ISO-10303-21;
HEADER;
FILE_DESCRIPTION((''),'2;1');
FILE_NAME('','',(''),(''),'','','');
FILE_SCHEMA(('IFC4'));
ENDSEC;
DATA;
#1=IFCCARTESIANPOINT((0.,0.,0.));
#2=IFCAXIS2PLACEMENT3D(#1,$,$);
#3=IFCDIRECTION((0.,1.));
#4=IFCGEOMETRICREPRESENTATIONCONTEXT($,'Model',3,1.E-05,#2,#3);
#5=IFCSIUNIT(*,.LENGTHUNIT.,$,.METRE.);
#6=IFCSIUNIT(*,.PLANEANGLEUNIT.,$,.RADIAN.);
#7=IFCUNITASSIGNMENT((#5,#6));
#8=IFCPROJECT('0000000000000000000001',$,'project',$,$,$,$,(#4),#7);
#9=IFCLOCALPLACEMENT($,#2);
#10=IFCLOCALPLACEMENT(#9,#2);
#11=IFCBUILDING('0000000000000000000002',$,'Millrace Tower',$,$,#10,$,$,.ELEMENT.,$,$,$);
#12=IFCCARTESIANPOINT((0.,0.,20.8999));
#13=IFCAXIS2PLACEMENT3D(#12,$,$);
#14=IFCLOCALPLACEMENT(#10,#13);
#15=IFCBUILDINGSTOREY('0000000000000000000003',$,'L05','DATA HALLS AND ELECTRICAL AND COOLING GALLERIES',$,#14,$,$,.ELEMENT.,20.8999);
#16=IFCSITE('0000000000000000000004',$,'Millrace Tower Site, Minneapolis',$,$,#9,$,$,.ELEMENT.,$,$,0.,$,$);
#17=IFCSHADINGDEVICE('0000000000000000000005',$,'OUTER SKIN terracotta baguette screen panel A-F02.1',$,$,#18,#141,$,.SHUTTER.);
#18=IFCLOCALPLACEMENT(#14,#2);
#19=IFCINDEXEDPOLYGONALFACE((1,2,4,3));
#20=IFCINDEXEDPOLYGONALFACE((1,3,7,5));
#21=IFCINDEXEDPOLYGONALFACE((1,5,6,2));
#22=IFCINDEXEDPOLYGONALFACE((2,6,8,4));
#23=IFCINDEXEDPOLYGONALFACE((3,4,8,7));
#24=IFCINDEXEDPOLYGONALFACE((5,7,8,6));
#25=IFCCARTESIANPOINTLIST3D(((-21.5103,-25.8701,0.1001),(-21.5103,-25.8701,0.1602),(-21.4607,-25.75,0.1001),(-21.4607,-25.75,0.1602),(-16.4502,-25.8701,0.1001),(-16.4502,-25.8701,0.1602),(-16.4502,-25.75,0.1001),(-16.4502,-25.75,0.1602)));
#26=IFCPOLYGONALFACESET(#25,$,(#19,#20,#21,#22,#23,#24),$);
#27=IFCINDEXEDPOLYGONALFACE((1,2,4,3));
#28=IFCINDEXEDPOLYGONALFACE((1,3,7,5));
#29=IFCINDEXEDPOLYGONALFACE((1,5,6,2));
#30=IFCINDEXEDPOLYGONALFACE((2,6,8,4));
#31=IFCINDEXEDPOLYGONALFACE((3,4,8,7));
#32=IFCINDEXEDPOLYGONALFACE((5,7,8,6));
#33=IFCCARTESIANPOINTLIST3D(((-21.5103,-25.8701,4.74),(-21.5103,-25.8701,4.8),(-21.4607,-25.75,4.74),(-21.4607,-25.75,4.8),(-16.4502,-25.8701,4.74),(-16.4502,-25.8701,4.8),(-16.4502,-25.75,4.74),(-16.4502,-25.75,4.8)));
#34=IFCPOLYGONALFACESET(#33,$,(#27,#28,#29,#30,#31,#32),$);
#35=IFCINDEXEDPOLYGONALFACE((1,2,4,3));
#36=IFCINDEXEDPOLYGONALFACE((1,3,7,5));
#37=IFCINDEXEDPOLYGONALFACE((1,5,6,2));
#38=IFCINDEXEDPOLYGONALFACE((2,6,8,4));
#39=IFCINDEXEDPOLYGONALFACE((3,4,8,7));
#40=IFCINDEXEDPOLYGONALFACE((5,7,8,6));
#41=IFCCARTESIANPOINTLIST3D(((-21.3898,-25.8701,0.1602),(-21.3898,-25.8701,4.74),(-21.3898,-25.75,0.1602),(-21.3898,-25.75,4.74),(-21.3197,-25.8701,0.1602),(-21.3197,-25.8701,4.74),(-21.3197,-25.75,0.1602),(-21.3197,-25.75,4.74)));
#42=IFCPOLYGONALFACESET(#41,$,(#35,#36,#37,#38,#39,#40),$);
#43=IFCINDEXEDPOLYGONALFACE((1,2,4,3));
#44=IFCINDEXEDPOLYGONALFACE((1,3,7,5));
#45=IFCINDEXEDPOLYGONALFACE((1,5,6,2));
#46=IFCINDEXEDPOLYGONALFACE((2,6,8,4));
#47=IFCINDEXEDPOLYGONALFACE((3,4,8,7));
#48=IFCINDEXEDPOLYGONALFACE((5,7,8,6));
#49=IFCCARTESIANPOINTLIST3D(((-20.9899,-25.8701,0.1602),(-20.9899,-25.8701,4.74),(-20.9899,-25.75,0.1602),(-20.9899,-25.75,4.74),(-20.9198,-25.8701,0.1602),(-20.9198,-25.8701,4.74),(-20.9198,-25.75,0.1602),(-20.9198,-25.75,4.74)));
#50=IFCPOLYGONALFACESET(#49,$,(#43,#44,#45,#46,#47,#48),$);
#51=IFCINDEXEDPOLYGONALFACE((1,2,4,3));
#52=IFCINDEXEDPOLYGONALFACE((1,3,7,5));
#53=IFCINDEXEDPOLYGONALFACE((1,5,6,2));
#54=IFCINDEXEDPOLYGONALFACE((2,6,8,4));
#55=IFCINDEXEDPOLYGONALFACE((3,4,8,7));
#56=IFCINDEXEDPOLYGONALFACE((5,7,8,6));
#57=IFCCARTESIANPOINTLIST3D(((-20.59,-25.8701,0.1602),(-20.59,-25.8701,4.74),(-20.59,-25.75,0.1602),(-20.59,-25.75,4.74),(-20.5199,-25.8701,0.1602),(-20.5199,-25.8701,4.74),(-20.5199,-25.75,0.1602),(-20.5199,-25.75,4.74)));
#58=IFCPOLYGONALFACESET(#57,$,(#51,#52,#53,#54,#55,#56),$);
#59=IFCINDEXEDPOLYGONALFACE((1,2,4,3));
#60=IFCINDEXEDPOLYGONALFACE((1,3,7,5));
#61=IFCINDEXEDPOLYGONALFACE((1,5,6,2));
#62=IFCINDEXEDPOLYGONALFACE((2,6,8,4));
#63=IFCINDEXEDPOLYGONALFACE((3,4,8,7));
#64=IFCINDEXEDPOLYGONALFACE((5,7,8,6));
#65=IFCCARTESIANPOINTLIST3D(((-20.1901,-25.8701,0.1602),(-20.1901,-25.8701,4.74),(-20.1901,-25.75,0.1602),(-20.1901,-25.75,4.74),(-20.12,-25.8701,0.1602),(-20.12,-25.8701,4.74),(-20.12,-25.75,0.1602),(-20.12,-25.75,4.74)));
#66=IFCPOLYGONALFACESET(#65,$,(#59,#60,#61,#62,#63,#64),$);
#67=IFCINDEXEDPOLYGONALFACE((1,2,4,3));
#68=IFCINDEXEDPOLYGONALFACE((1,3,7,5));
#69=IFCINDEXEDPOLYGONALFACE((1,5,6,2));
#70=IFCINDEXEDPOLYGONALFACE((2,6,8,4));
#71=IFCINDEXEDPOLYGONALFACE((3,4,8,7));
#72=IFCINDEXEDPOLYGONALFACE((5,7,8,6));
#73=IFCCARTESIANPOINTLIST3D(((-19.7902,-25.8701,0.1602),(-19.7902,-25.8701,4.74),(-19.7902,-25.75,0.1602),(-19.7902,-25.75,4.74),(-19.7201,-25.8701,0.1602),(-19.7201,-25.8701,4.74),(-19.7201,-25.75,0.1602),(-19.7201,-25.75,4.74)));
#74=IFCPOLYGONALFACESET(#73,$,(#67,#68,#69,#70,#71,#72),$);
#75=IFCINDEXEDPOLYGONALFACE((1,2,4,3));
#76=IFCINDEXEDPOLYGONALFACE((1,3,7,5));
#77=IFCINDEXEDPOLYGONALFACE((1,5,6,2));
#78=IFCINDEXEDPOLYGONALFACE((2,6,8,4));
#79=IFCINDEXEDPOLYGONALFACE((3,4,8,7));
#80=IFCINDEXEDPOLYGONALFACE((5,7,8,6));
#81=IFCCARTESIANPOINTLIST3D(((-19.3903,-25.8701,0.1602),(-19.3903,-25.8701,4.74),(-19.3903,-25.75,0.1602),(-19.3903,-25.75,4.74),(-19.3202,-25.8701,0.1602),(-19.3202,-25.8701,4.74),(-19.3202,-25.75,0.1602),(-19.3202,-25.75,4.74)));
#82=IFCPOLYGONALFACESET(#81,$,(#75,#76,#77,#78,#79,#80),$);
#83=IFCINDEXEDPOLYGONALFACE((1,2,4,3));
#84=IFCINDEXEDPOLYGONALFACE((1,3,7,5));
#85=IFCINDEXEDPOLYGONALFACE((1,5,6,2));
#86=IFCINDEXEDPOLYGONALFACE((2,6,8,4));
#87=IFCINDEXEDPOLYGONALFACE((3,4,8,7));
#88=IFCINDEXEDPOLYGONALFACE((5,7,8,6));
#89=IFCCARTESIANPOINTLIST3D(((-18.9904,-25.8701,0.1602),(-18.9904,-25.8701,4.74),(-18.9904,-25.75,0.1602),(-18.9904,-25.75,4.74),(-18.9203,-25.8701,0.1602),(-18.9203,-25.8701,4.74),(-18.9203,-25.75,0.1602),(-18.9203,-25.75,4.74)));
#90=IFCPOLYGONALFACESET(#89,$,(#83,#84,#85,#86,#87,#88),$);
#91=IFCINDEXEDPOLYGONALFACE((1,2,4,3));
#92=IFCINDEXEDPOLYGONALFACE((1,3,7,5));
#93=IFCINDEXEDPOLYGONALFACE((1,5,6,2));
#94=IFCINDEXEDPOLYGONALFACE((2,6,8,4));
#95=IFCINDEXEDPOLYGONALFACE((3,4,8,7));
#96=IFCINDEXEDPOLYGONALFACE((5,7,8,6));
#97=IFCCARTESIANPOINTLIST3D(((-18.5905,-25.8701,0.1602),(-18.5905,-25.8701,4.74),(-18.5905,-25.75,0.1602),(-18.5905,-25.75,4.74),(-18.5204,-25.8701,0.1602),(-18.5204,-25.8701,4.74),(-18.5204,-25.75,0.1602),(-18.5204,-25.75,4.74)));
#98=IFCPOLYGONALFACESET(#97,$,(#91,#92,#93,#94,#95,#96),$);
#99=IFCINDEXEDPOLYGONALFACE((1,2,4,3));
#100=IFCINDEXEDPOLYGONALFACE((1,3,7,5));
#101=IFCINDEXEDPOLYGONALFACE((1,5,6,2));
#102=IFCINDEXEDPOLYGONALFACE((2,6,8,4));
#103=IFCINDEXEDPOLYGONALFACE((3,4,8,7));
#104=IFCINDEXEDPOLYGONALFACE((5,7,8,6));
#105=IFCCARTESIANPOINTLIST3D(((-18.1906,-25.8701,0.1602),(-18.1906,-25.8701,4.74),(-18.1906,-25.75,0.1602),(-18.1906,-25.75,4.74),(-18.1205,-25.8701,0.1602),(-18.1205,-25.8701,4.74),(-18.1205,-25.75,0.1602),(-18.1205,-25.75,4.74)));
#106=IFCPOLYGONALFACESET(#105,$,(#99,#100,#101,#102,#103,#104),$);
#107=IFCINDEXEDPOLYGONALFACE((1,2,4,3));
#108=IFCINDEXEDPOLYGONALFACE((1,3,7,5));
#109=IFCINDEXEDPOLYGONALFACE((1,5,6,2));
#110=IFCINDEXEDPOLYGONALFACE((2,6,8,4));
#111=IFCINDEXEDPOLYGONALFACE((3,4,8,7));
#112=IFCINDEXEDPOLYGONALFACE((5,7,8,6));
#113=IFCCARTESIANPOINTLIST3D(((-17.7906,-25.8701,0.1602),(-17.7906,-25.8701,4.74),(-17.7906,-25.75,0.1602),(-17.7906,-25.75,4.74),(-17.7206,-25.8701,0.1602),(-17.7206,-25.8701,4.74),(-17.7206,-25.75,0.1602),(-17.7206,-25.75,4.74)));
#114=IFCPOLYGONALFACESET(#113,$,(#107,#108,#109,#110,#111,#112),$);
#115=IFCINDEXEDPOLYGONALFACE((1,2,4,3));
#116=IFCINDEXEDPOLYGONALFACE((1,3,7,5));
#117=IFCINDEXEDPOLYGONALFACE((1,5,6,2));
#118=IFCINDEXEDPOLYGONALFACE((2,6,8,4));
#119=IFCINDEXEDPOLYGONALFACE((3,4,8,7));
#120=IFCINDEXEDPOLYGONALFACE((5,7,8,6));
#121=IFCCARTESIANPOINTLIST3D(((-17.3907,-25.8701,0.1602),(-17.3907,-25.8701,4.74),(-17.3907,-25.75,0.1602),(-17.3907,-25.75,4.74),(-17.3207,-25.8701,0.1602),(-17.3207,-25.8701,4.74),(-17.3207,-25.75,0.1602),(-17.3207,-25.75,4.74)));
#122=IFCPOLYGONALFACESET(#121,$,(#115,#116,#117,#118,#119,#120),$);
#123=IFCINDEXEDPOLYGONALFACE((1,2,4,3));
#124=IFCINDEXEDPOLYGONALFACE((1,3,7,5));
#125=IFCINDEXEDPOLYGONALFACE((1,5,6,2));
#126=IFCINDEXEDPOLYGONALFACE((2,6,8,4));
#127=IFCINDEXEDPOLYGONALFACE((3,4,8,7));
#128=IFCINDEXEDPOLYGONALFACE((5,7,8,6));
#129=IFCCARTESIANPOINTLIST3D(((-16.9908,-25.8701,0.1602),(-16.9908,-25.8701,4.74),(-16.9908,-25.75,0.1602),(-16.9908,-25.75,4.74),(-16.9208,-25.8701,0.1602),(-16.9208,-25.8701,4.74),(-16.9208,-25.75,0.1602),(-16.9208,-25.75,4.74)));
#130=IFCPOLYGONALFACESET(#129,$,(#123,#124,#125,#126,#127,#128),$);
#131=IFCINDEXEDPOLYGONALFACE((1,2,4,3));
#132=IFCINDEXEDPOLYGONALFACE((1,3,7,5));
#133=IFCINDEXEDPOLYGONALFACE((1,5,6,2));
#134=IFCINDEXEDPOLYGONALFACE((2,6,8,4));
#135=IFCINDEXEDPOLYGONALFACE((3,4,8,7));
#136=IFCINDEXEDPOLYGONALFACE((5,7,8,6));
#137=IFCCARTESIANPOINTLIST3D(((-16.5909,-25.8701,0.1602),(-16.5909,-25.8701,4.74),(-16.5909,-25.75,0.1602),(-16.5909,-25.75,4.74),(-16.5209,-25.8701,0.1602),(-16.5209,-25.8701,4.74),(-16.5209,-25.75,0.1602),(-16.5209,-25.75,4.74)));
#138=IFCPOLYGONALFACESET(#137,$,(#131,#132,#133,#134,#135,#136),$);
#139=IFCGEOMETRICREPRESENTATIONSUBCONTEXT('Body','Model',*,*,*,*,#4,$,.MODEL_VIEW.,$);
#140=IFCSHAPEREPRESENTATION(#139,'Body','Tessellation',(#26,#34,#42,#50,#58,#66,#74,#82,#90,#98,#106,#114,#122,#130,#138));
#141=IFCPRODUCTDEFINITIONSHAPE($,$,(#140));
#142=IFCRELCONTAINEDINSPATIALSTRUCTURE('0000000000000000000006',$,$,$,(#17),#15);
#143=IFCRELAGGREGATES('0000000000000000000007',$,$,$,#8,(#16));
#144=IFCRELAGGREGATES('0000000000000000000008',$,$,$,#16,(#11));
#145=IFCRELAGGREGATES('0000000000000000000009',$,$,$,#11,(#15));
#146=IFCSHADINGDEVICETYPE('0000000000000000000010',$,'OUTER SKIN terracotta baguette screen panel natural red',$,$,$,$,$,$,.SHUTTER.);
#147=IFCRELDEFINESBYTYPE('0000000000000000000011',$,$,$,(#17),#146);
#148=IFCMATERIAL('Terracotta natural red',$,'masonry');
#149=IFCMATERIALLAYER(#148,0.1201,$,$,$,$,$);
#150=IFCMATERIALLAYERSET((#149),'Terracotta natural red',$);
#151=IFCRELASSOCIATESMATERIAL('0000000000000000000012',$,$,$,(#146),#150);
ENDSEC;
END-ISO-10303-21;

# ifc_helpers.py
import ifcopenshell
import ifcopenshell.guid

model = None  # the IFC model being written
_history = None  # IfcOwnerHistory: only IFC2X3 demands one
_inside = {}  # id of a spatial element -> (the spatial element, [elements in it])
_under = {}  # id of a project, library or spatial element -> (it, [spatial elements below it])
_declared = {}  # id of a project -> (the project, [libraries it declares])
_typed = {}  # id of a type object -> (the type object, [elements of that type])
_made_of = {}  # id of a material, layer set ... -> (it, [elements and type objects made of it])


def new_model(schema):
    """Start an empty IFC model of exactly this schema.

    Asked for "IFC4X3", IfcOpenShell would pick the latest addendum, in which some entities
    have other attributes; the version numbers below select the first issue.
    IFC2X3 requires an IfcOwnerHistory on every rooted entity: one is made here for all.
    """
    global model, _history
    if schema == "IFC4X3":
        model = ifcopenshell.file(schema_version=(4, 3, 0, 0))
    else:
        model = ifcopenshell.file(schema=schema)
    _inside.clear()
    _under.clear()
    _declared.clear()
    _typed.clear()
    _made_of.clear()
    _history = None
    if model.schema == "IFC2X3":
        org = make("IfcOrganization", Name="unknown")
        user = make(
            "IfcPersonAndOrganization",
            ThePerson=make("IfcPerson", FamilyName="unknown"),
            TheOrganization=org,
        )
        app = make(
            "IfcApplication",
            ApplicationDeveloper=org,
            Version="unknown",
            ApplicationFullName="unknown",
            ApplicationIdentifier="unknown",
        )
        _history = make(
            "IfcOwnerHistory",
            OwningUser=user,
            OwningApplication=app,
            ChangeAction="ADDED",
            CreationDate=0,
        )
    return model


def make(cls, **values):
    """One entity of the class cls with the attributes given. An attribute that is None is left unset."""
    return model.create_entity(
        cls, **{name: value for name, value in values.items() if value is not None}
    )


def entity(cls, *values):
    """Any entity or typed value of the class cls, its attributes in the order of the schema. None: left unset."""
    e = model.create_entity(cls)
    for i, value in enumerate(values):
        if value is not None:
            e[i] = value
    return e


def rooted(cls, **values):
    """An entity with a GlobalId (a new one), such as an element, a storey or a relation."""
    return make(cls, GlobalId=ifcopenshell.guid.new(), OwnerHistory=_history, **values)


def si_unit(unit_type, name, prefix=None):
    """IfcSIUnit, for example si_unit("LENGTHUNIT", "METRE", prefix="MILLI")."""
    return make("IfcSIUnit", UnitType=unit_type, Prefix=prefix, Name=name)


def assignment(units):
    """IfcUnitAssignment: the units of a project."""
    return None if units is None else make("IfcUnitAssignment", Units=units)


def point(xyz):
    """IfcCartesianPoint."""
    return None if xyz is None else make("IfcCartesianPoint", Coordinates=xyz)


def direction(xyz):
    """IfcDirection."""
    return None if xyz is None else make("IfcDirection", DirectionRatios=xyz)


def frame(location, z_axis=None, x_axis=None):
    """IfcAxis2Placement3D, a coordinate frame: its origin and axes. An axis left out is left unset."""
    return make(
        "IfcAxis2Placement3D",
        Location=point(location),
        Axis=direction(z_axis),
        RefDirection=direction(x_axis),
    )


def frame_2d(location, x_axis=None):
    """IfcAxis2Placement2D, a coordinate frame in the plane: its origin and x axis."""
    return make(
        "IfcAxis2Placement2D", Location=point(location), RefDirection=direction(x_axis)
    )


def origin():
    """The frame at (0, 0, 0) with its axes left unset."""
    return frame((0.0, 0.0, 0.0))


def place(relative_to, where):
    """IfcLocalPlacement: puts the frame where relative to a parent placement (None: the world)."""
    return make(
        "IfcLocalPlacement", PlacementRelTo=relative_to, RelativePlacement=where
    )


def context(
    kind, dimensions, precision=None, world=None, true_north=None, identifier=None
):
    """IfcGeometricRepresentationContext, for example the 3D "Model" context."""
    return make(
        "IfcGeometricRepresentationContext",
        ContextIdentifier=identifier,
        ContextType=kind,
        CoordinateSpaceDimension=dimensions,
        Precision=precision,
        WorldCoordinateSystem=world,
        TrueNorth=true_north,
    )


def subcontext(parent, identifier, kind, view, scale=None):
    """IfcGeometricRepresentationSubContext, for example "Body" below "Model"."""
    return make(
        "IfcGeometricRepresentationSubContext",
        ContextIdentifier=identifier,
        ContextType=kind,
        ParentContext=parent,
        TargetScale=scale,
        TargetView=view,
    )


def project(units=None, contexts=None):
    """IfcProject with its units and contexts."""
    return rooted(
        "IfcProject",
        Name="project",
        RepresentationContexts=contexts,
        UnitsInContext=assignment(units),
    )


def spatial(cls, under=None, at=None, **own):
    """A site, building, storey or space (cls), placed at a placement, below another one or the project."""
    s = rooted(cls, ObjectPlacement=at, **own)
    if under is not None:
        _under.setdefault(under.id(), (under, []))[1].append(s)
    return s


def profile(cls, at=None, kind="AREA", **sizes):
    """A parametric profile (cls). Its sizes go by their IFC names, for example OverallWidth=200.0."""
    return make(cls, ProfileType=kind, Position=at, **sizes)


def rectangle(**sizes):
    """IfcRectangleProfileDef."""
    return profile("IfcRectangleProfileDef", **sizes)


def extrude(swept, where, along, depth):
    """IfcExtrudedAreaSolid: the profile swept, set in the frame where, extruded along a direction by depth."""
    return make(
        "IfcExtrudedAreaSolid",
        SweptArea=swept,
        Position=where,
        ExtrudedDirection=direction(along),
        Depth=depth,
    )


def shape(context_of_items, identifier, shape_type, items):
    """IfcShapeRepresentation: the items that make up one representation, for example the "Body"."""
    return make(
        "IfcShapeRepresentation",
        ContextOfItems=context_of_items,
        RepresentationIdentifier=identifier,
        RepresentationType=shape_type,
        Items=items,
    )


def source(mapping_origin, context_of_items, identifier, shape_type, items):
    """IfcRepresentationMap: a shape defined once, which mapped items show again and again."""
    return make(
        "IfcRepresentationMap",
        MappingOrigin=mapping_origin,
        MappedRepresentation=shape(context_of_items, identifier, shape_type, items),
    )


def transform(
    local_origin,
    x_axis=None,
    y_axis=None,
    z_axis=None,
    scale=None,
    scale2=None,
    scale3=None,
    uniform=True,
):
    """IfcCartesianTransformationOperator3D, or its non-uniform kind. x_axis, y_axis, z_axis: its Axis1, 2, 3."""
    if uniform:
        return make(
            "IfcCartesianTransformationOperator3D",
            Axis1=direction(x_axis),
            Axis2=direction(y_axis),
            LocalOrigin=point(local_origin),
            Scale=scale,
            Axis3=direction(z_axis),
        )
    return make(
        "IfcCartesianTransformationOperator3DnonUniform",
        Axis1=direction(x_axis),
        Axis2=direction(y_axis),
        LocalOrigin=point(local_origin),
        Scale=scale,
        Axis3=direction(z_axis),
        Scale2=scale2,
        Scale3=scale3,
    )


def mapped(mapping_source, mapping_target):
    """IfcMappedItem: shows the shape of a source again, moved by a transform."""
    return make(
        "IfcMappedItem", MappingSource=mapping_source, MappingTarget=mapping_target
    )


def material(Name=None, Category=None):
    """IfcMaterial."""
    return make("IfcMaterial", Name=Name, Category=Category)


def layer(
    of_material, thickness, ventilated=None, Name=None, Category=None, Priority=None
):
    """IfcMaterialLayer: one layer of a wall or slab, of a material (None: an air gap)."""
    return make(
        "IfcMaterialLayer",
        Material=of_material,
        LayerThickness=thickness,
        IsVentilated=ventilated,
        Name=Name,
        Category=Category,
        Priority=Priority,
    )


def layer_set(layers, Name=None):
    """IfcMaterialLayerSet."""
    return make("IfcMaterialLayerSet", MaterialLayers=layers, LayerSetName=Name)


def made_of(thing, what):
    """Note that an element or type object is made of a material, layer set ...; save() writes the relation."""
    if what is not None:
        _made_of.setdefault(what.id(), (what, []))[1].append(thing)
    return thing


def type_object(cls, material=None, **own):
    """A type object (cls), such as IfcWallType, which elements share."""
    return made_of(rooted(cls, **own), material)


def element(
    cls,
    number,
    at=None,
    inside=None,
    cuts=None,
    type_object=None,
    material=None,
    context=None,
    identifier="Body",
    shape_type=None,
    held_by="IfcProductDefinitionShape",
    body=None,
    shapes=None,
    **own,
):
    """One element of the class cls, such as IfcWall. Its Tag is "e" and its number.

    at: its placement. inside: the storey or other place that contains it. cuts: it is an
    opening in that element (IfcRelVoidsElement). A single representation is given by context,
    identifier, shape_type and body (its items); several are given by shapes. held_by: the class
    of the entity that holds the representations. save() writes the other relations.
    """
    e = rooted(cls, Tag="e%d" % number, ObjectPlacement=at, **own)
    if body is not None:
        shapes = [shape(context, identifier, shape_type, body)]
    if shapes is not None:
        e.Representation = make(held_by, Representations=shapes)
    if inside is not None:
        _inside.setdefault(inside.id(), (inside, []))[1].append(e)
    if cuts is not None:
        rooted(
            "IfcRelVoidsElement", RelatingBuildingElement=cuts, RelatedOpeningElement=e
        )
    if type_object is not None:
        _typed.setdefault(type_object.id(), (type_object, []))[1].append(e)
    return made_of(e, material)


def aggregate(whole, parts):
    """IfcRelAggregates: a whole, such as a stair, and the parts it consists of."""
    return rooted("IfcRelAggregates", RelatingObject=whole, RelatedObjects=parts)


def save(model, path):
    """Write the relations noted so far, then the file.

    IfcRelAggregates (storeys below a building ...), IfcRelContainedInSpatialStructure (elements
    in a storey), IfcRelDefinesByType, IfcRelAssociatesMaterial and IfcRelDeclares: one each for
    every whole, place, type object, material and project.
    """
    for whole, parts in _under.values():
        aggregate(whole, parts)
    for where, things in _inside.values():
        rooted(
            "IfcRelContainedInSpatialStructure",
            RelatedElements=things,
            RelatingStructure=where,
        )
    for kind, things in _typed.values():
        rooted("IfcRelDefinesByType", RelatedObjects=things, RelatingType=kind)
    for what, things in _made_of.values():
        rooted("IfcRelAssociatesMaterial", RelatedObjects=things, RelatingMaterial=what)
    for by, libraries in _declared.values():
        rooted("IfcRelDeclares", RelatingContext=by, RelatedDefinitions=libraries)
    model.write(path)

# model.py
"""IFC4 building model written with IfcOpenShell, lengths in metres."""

from ifc_helpers import new_model, entity, si_unit, direction, frame, frame_2d, origin, place, context, subcontext, project, spatial, rectangle, extrude, source, transform, mapped, material, layer, layer_set, type_object, element, save


model = new_model("IFC4")

# Units and contexts
model_context = context("Model", 3, precision=1e-05, world=origin(), true_north=direction((0.0, 1.0)))
body_context = subcontext(model_context, "Body", "Model", "MODEL_VIEW")
ifc_project = project(units=[si_unit("LENGTHUNIT", "METRE"), si_unit("PLANEANGLEUNIT", "RADIAN")], contexts=[model_context])

# Site, building, storey
site_placement = place(None, origin())
site = spatial("IfcSite", under=ifc_project, at=site_placement, Name="Millrace Tower Site, Minneapolis", CompositionType="ELEMENT", RefElevation=0.0)
building_placement = place(site_placement, origin())
building = spatial("IfcBuilding", under=site, at=building_placement, Name="Millrace Tower", CompositionType="ELEMENT")
storey_placement = place(building_placement, frame((0.0, 0.0, 20.8999)))
storey = spatial("IfcBuildingStorey", under=building, at=storey_placement, Name="L05", Description="DATA HALLS AND ELECTRICAL AND COOLING GALLERIES", CompositionType="ELEMENT", Elevation=20.8999)

# Shading device
ifc_material_1 = material(Name="Terracotta natural red", Category="masonry")
ifc_layer_1 = layer(ifc_material_1, 0.1201)
ifc_layer_set_1 = layer_set([ifc_layer_1], Name="Terracotta natural red")
shading_device_type_1 = type_object("IfcShadingDeviceType", Name="OUTER SKIN terracotta baguette screen panel natural red", PredefinedType="SHUTTER", material=ifc_layer_set_1)
cartesian_point_1 = entity("IfcCartesianPoint", [-2.4929, 0.0601])
shared_polyline_1 = entity("IfcPolyline", [cartesian_point_1, entity("IfcCartesianPoint", [2.5176, 0.0601]), entity("IfcCartesianPoint", [2.5176, -0.0601]), entity("IfcCartesianPoint", [-2.5425, -0.0601]), cartesian_point_1])
shared_shape_1 = source(origin(), body_context, "Body", "SweptSolid", [
    entity("IfcExtrudedAreaSolid", entity("IfcArbitraryClosedProfileDef", "AREA", None, shared_polyline_1), entity("IfcAxis2Placement3D", entity("IfcCartesianPoint", [0.0, 0.0, 0.0])), entity("IfcDirection", [0.0, 0.0, 1.0]), 0.0601),
    entity("IfcExtrudedAreaSolid", entity("IfcArbitraryClosedProfileDef", "AREA", None, shared_polyline_1), entity("IfcAxis2Placement3D", entity("IfcCartesianPoint", [0.0, 0.0, 4.6399])), entity("IfcDirection", [0.0, 0.0, 1.0]), 0.0601),
    extrude(rectangle(XDim=0.0701, YDim=0.1201, at=frame_2d((-2.387, 0.0))), frame((0.0, 0.0, 0.0601)), (0.0, 0.0, 1.0), 4.5798),
    extrude(rectangle(XDim=0.0701, YDim=0.1201, at=frame_2d((-1.9871, 0.0))), frame((0.0, 0.0, 0.0601)), (0.0, 0.0, 1.0), 4.5798),
    extrude(rectangle(XDim=0.0701, YDim=0.1201, at=frame_2d((-1.5872, 0.0))), frame((0.0, 0.0, 0.0601)), (0.0, 0.0, 1.0), 4.5798),
    extrude(rectangle(XDim=0.0701, YDim=0.1201, at=frame_2d((-1.1873, 0.0))), frame((0.0, 0.0, 0.0601)), (0.0, 0.0, 1.0), 4.5798),
    extrude(rectangle(XDim=0.0701, YDim=0.1201, at=frame_2d((-0.7874, 0.0))), frame((0.0, 0.0, 0.0601)), (0.0, 0.0, 1.0), 4.5798),
    extrude(rectangle(XDim=0.0701, YDim=0.1201, at=frame_2d((-0.3875, 0.0))), frame((0.0, 0.0, 0.0601)), (0.0, 0.0, 1.0), 4.5798),
    extrude(rectangle(XDim=0.0701, YDim=0.1201, at=frame_2d((0.0125, 0.0))), frame((0.0, 0.0, 0.0601)), (0.0, 0.0, 1.0), 4.5798),
    extrude(rectangle(XDim=0.0701, YDim=0.1201, at=frame_2d((0.4124, 0.0))), frame((0.0, 0.0, 0.0601)), (0.0, 0.0, 1.0), 4.5798),
    extrude(rectangle(XDim=0.0701, YDim=0.1201, at=frame_2d((0.8123, 0.0))), frame((0.0, 0.0, 0.0601)), (0.0, 0.0, 1.0), 4.5798),
    extrude(rectangle(XDim=0.0701, YDim=0.1201, at=frame_2d((1.2122, 0.0))), frame((0.0, 0.0, 0.0601)), (0.0, 0.0, 1.0), 4.5798),
    extrude(rectangle(XDim=0.0701, YDim=0.1201, at=frame_2d((1.6121, 0.0))), frame((0.0, 0.0, 0.0601)), (0.0, 0.0, 1.0), 4.5798),
    extrude(rectangle(XDim=0.0701, YDim=0.1201, at=frame_2d((2.012, 0.0))), frame((0.0, 0.0, 0.0601)), (0.0, 0.0, 1.0), 4.5798),
    extrude(rectangle(XDim=0.0701, YDim=0.1201, at=frame_2d((2.4119, 0.0))), frame((0.0, 0.0, 0.0601)), (0.0, 0.0, 1.0), 4.5798),
])
shading_device_1_placement = place(storey_placement, frame((-18.9678, -25.8101, 0.1001), z_axis=(0.0, 0.0, 1.0), x_axis=(1.0, 0.0, 0.0)))
element("IfcShadingDevice", 1, at=shading_device_1_placement, inside=storey, type_object=shading_device_type_1, Name="OUTER SKIN terracotta baguette screen panel A-F02.1", PredefinedType="SHUTTER", context=body_context, shape_type="MappedRepresentation", body=[
    mapped(shared_shape_1, transform((0.0, 0.0, 0.0), scale=1.0)),
])

save(model, "model.ifc")
